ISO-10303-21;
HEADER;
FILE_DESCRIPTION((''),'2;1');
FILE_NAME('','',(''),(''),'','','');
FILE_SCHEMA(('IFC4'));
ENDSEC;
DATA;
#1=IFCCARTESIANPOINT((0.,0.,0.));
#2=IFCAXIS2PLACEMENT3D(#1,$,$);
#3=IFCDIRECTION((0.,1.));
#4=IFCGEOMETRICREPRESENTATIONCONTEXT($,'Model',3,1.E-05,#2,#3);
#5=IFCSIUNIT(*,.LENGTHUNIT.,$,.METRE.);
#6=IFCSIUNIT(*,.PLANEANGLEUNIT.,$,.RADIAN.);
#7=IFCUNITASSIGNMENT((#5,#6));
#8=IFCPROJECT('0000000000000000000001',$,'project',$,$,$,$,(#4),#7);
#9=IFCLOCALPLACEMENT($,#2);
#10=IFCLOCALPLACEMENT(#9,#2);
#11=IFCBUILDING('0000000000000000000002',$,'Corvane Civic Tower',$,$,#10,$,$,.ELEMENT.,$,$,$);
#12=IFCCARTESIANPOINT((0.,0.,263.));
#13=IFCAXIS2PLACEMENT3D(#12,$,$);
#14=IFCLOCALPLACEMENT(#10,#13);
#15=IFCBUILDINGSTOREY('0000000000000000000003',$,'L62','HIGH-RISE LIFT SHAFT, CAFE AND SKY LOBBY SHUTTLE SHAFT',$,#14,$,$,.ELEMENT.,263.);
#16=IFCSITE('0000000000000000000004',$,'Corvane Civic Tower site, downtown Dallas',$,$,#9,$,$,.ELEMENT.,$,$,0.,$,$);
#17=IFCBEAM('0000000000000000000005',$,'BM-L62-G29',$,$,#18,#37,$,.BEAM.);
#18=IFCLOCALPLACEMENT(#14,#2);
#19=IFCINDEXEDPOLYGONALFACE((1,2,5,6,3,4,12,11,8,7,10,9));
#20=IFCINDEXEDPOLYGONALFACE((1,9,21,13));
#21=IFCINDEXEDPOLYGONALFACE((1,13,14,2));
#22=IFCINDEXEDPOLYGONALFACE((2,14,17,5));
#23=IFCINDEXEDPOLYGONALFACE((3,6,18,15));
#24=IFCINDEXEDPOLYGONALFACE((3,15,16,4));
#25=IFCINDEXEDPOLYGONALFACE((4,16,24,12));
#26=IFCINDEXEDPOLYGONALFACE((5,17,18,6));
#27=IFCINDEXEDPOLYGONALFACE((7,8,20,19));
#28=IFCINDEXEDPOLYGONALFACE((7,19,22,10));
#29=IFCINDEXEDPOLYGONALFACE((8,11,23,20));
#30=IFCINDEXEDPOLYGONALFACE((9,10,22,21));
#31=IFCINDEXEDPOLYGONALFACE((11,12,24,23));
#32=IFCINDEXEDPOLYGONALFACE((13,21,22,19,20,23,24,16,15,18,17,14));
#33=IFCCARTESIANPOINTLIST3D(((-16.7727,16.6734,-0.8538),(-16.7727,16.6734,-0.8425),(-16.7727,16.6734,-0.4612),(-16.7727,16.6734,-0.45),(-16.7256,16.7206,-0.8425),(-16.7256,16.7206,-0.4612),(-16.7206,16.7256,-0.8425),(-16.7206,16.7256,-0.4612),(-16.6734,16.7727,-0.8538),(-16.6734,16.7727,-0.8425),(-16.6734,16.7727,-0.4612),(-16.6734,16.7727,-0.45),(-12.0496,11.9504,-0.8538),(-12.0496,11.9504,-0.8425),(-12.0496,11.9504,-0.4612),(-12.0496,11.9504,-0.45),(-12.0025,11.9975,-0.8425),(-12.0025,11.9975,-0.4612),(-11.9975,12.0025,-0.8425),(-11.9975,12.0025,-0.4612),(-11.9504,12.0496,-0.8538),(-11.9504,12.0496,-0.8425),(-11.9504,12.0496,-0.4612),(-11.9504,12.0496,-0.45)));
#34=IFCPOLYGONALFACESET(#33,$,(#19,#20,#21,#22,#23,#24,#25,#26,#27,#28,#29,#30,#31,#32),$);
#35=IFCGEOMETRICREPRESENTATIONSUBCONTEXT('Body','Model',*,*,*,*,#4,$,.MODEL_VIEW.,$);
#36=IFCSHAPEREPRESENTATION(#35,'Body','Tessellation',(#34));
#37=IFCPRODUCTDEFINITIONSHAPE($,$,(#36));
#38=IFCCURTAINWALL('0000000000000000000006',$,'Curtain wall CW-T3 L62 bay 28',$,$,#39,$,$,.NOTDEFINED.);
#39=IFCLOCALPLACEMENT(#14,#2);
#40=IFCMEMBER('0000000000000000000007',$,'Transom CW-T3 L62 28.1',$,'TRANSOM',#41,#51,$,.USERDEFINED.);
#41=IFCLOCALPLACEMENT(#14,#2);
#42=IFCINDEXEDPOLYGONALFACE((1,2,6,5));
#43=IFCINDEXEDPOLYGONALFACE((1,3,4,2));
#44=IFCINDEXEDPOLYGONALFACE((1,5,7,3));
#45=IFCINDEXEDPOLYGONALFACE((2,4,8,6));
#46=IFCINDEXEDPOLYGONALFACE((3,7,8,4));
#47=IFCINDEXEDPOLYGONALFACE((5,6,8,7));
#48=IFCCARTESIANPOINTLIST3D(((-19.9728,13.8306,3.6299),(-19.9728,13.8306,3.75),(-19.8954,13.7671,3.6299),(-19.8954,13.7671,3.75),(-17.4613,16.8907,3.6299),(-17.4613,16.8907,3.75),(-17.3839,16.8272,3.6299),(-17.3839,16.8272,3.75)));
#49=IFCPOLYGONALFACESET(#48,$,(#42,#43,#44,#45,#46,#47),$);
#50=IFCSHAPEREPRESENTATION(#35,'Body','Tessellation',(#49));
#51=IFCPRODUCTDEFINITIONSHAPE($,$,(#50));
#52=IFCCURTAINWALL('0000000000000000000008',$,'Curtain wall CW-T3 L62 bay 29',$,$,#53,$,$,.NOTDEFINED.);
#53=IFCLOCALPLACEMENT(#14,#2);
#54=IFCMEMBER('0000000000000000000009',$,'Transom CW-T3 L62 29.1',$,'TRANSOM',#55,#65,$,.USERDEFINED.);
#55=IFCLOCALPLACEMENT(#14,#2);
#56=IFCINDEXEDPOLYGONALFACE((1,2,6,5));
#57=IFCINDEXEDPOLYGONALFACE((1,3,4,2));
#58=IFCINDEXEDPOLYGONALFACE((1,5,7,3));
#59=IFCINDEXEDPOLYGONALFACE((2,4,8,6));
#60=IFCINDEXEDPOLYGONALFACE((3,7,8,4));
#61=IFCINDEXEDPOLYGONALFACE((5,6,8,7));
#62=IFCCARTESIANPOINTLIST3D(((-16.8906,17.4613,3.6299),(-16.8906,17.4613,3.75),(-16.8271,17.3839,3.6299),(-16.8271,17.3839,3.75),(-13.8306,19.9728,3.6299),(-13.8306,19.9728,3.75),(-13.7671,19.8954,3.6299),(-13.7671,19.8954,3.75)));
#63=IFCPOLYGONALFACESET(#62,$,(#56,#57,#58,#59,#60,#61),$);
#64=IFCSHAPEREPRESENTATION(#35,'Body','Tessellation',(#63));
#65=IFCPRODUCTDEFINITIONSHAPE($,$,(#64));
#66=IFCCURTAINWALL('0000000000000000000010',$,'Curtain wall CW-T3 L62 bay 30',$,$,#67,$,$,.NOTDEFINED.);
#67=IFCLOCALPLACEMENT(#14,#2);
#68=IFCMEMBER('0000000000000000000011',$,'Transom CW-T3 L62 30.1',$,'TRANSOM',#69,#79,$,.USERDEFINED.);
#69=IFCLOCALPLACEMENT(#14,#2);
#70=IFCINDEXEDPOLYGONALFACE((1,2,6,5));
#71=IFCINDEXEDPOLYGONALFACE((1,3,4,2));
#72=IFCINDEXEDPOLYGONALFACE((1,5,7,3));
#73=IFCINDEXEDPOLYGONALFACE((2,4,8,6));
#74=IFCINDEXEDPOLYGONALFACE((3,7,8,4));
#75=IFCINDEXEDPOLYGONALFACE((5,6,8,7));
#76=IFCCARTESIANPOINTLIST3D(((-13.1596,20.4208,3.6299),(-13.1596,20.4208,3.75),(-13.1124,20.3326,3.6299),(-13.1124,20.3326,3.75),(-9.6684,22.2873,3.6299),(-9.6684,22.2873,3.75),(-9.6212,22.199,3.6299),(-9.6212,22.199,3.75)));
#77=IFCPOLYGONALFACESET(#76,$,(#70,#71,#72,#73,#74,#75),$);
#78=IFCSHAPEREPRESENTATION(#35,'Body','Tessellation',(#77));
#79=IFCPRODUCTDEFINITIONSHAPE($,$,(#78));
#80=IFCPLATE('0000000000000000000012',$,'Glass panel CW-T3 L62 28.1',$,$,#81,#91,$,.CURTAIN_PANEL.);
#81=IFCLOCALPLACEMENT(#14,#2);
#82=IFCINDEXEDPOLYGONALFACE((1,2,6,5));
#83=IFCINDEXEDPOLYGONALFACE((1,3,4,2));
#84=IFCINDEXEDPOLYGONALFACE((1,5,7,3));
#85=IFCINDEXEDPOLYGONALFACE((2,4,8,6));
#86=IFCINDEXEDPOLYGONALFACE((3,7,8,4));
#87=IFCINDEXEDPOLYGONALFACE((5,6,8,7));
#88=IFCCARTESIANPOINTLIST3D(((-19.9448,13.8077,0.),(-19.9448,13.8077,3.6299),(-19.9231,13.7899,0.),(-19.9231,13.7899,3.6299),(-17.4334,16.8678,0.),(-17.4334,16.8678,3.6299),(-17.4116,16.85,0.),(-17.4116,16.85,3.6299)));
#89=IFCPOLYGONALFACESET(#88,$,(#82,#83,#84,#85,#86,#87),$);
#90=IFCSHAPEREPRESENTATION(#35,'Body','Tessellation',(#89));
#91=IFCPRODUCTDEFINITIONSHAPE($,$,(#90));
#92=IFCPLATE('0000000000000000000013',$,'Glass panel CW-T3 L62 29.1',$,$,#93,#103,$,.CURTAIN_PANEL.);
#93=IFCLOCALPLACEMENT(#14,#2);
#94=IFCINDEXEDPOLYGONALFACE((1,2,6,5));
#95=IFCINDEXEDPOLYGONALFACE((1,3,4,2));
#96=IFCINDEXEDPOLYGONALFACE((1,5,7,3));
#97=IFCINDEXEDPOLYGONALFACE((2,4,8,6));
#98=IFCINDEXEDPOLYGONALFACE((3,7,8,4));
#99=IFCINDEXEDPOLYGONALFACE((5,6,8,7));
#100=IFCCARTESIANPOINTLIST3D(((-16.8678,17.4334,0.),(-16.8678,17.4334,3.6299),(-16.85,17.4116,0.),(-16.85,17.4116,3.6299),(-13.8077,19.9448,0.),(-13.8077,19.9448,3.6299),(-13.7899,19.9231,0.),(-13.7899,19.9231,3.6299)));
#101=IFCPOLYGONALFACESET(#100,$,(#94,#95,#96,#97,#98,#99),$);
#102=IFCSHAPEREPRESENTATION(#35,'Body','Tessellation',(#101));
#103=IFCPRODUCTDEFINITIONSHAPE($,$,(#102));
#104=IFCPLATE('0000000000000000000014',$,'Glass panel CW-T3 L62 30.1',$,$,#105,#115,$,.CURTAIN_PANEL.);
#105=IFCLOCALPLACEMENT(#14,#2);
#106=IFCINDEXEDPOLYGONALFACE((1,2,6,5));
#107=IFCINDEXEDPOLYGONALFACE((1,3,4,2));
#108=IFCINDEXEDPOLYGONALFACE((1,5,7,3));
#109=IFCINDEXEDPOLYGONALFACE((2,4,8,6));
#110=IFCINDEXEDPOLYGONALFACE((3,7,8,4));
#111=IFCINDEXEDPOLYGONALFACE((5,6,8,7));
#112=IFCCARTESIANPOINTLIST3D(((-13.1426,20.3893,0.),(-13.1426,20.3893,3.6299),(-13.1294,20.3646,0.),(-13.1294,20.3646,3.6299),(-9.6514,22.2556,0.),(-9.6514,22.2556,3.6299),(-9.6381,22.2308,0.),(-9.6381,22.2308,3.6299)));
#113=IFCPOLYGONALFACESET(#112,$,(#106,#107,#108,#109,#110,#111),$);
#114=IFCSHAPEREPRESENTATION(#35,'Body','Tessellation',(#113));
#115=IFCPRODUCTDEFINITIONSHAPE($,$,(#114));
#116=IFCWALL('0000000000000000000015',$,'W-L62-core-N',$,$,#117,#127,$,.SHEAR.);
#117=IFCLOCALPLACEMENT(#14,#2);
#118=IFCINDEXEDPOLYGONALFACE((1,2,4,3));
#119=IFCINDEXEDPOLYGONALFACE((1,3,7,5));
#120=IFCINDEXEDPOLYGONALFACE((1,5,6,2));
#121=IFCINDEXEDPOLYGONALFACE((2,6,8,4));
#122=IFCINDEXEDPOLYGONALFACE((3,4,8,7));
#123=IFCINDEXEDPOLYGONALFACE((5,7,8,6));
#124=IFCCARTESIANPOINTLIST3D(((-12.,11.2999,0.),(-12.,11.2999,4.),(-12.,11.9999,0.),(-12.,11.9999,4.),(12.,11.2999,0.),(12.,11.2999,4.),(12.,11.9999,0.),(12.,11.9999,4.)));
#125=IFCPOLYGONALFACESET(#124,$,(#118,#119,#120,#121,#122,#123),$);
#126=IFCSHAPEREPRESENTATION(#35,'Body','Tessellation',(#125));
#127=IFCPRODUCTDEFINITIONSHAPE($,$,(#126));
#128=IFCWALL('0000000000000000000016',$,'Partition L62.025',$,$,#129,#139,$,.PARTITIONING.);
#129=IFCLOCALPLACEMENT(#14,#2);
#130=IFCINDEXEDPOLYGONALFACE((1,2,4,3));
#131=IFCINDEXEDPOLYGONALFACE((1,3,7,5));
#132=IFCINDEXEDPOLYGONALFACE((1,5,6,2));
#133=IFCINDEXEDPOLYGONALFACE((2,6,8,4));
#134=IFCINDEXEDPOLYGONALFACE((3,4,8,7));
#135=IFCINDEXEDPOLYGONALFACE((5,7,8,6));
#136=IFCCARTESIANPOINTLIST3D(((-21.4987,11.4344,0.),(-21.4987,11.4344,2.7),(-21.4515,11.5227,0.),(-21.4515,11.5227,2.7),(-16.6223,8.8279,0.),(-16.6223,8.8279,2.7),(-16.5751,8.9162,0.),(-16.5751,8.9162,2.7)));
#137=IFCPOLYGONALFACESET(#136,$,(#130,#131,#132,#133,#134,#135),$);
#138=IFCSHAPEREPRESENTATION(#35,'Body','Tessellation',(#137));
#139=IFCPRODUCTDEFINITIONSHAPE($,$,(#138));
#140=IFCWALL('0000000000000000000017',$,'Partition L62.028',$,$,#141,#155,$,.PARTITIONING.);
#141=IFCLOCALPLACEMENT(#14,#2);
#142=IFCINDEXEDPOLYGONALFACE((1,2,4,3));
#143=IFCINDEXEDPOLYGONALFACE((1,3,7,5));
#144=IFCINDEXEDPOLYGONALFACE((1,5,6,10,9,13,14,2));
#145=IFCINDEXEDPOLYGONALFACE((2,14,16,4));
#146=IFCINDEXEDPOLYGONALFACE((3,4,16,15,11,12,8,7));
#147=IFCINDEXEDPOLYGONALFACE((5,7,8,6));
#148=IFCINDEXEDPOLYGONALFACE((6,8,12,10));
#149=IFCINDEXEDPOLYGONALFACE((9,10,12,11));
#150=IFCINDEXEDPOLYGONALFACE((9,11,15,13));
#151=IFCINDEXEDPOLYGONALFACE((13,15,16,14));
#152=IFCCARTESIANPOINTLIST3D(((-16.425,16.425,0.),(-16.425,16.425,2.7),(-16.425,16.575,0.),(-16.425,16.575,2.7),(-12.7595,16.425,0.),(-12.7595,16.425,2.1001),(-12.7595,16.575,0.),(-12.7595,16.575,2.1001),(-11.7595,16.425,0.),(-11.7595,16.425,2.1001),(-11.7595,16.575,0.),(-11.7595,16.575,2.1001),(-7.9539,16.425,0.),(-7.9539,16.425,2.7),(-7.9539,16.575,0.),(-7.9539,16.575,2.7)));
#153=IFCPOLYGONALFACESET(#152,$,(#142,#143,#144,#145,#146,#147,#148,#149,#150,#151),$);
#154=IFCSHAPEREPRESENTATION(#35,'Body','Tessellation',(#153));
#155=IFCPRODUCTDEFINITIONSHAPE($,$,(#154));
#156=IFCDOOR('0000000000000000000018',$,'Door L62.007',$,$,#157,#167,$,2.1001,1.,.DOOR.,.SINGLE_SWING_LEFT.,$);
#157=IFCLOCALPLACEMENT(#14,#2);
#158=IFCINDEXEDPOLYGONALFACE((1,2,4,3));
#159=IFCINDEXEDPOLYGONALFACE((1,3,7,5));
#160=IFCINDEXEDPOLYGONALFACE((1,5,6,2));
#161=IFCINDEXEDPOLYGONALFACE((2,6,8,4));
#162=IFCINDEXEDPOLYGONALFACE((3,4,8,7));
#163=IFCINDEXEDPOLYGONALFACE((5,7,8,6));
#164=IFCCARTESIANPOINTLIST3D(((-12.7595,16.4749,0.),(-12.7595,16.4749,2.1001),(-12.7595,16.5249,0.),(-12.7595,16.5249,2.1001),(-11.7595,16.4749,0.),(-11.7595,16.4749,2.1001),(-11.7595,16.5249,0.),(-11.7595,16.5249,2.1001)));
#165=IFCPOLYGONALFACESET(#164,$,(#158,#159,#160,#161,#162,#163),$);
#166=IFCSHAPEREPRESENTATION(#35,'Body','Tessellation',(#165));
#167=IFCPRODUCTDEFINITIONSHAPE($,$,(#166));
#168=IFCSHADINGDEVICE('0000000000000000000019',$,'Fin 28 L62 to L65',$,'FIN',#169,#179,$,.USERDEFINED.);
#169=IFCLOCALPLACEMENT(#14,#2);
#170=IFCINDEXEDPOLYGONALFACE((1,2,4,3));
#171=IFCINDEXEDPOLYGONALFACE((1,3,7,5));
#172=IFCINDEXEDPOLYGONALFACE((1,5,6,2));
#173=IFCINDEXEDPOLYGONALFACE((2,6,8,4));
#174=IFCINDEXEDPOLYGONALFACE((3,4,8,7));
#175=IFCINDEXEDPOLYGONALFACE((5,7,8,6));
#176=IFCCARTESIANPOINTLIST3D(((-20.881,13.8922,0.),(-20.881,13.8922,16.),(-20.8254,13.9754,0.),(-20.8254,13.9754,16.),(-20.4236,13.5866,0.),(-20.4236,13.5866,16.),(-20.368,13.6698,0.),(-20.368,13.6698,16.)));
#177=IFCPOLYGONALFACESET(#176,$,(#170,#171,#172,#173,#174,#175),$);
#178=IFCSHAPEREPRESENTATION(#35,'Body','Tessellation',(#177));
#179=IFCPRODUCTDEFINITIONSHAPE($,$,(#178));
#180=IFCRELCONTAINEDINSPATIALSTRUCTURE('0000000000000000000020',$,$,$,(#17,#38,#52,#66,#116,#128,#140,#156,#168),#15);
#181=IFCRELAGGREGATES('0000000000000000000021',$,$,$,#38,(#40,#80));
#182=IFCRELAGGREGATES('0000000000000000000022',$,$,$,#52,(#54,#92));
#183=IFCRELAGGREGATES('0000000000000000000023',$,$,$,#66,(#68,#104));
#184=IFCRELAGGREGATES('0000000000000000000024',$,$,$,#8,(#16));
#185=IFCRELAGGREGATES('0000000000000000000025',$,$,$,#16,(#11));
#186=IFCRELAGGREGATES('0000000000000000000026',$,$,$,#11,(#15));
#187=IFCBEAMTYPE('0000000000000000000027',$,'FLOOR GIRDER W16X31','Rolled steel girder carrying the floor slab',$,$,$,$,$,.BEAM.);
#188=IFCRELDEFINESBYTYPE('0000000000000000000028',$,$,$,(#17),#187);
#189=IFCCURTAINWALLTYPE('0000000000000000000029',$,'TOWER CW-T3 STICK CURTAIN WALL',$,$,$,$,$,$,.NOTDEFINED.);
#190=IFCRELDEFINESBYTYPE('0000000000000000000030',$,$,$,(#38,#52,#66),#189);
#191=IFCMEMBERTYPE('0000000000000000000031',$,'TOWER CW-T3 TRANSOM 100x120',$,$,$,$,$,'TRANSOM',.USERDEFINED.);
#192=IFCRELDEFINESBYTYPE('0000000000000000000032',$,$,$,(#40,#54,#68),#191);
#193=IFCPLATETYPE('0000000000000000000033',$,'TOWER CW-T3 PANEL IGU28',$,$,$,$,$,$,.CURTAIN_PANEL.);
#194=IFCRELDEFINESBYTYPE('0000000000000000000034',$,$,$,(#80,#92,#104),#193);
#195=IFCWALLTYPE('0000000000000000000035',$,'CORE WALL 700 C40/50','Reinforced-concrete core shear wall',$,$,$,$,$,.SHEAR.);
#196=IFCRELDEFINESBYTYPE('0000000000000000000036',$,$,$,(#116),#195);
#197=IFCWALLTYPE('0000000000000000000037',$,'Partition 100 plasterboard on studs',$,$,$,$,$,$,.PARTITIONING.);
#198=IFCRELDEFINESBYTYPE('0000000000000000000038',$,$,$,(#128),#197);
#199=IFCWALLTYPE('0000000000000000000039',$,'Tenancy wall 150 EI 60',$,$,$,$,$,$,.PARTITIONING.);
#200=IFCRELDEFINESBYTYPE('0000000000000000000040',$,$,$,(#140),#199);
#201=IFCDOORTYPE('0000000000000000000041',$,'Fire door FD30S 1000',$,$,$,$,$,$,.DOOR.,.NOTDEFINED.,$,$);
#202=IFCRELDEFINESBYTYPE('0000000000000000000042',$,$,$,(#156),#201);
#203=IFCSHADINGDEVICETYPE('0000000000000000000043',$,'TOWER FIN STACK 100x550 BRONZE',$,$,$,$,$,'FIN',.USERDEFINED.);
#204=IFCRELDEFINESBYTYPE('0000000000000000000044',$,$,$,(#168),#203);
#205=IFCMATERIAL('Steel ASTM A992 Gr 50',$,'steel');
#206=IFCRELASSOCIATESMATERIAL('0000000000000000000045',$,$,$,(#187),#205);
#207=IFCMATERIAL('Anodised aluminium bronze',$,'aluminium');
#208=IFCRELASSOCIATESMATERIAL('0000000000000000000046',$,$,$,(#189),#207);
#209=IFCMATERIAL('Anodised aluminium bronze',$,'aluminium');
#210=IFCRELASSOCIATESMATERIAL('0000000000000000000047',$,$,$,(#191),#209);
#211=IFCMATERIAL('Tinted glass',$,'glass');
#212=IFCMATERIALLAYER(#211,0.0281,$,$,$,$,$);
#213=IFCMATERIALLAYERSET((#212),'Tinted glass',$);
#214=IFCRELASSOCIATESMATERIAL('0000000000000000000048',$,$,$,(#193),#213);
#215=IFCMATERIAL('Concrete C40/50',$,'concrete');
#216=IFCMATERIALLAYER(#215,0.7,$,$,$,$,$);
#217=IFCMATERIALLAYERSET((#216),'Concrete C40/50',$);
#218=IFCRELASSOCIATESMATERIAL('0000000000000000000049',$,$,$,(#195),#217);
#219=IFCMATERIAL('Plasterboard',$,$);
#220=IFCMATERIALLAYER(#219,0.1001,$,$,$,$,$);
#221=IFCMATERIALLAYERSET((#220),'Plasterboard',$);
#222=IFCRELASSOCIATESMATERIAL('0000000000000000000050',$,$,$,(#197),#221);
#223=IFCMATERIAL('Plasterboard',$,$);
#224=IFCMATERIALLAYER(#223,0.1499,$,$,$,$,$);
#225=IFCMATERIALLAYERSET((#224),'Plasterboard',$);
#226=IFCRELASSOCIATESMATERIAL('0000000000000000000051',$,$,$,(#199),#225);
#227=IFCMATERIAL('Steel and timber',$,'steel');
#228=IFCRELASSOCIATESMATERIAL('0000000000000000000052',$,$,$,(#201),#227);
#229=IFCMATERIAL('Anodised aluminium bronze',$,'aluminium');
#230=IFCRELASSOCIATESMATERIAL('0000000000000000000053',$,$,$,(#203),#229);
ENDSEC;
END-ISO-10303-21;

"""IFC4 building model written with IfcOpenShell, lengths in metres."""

from ifc_helpers import new_model, si_unit, direction, frame, frame_2d, origin, origin_2d, place, context, subcontext, project, spatial, rectangle, i_section, extrude, material, layer, layer_set, material_profile, profile_set, type_object, element, fill, aggregate, save


model = new_model("IFC4")

# Units and contexts
model_context = context("Model", 3, precision=1e-05, world=origin(), true_north=direction((0.0, 1.0)))
body_context = subcontext(model_context, "Body", "Model", "MODEL_VIEW")
ifc_project = project(units=[si_unit("LENGTHUNIT", "METRE"), si_unit("PLANEANGLEUNIT", "RADIAN")], contexts=[model_context])

# Site, building, storey
site_placement = place(None, origin())
site = spatial("IfcSite", under=ifc_project, at=site_placement, Name="Corvane Civic Tower site, downtown Dallas", CompositionType="ELEMENT", RefElevation=0.0)
building_placement = place(site_placement, origin())
building = spatial("IfcBuilding", under=site, at=building_placement, Name="Corvane Civic Tower", CompositionType="ELEMENT")
storey_placement = place(building_placement, frame((0.0, 0.0, 263.0)))
storey = spatial("IfcBuildingStorey", under=building, at=storey_placement, Name="L62", Description="HIGH-RISE LIFT SHAFT, CAFE AND SKY LOBBY SHUTTLE SHAFT", CompositionType="ELEMENT", Elevation=263.0)

# Beam
ifc_material_1 = material(Name="Steel ASTM A992 Gr 50", Category="steel")
ifc_material_profile_1 = material_profile(ifc_material_1, i_section(OverallWidth=0.1404, OverallDepth=0.4038, WebThickness=0.0071, FlangeThickness=0.0112, at=origin_2d()), Name="W16X31")
ifc_profile_set_1 = profile_set([ifc_material_profile_1], Name="Steel ASTM A992 Gr 50")
beam_type_1 = type_object("IfcBeamType", Name="FLOOR GIRDER W16X31", Description="Rolled steel girder carrying the floor slab", PredefinedType="BEAM", material=ifc_profile_set_1)
beam_1_placement = place(storey_placement, frame((-12.0, 12.0, -0.6519), z_axis=(-0.707107, 0.707107, 0.0), x_axis=(-0.707107, -0.707107, 0.0)))
element("IfcBeam", 1, at=beam_1_placement, inside=storey, type_object=beam_type_1, Name="BM-L62-G29", PredefinedType="BEAM", context=body_context, shape_type="SweptSolid", body=[
    extrude(i_section(OverallWidth=0.1404, OverallDepth=0.4038, WebThickness=0.0071, FlangeThickness=0.0112, at=origin_2d()), origin(), (0.0, 0.0, 1.0), 6.6794),
])

# Curtain walls, members
ifc_material_2 = material(Name="Anodised aluminium bronze", Category="aluminium")
curtain_wall_type = type_object("IfcCurtainWallType", Name="TOWER CW-T3 STICK CURTAIN WALL", PredefinedType="NOTDEFINED", material=ifc_material_2)
curtain_wall_1_placement = place(storey_placement, origin())
curtain_wall_1 = element("IfcCurtainWall", 2, at=curtain_wall_1_placement, inside=storey, type_object=curtain_wall_type, Name="Curtain wall CW-T3 L62 bay 28", PredefinedType="NOTDEFINED")
ifc_material_3 = material(Name="Anodised aluminium bronze", Category="aluminium")
ifc_material_profile_2 = material_profile(ifc_material_3, rectangle(XDim=0.1001, YDim=0.1201, at=origin_2d()), Name="TOWER CW-T3 TRANSOM 100x120")
ifc_profile_set_2 = profile_set([ifc_material_profile_2], Name="Anodised aluminium bronze")
member_type = type_object("IfcMemberType", Name="TOWER CW-T3 TRANSOM 100x120", ElementType="TRANSOM", PredefinedType="USERDEFINED", material=ifc_profile_set_2)
member_1_placement = place(storey_placement, frame((-19.9341, 13.7988, 3.6899), z_axis=(0.634416, 0.772992, 0.0), x_axis=(-0.772992, 0.634416, 0.0)))
member_1 = element("IfcMember", 3, at=member_1_placement, type_object=member_type, Name="Transom CW-T3 L62 28.1", ObjectType="TRANSOM", PredefinedType="USERDEFINED", context=body_context, shape_type="SweptSolid", body=[
    extrude(rectangle(XDim=0.1001, YDim=0.1201, at=origin_2d()), origin(), (0.0, 0.0, 1.0), 3.9587),
])
curtain_wall_2_placement = place(storey_placement, origin())
curtain_wall_2 = element("IfcCurtainWall", 4, at=curtain_wall_2_placement, inside=storey, type_object=curtain_wall_type, Name="Curtain wall CW-T3 L62 bay 29", PredefinedType="NOTDEFINED")
member_2_placement = place(storey_placement, frame((-16.8589, 17.4226, 3.6899), z_axis=(0.772992, 0.634416, 0.0), x_axis=(-0.634416, 0.772992, 0.0)))
member_2 = element("IfcMember", 5, at=member_2_placement, type_object=member_type, Name="Transom CW-T3 L62 29.1", ObjectType="TRANSOM", PredefinedType="USERDEFINED", context=body_context, shape_type="SweptSolid", body=[
    extrude(rectangle(XDim=0.1001, YDim=0.1201, at=origin_2d()), origin(), (0.0, 0.0, 1.0), 3.9587),
])
curtain_wall_3_placement = place(storey_placement, origin())
curtain_wall_3 = element("IfcCurtainWall", 6, at=curtain_wall_3_placement, inside=storey, type_object=curtain_wall_type, Name="Curtain wall CW-T3 L62 bay 30", PredefinedType="NOTDEFINED")
member_3_placement = place(storey_placement, frame((-13.136, 20.3767, 3.6899), z_axis=(0.881883, 0.471468, 0.0), x_axis=(-0.471468, 0.881883, 0.0)))
member_3 = element("IfcMember", 7, at=member_3_placement, type_object=member_type, Name="Transom CW-T3 L62 30.1", ObjectType="TRANSOM", PredefinedType="USERDEFINED", context=body_context, shape_type="SweptSolid", body=[
    extrude(rectangle(XDim=0.1001, YDim=0.1201, at=origin_2d()), origin(), (0.0, 0.0, 1.0), 3.9587),
])

# Plates
ifc_material_4 = material(Name="Tinted glass", Category="glass")
ifc_layer_1 = layer(ifc_material_4, 0.0281)
ifc_layer_set_1 = layer_set([ifc_layer_1], Name="Tinted glass")
plate_type = type_object("IfcPlateType", Name="TOWER CW-T3 PANEL IGU28", PredefinedType="CURTAIN_PANEL", material=ifc_layer_set_1)
plate_1_placement = place(storey_placement, frame((-18.6782, 15.3289, 0.0), z_axis=(0.0, 0.0, 1.0), x_axis=(0.634405, 0.773001, 0.0)))
plate_1 = element("IfcPlate", 8, at=plate_1_placement, type_object=plate_type, Name="Glass panel CW-T3 L62 28.1", PredefinedType="CURTAIN_PANEL", context=body_context, shape_type="SweptSolid", body=[
    extrude(rectangle(XDim=3.9587, YDim=0.0281, at=origin_2d()), origin(), (0.0, 0.0, 1.0), 3.6299),
])
aggregate(curtain_wall_1, [member_1, plate_1])
plate_2_placement = place(storey_placement, frame((-15.3289, 18.6782, 0.0), z_axis=(0.0, 0.0, 1.0), x_axis=(0.773001, 0.634405, 0.0)))
plate_2 = element("IfcPlate", 9, at=plate_2_placement, type_object=plate_type, Name="Glass panel CW-T3 L62 29.1", PredefinedType="CURTAIN_PANEL", context=body_context, shape_type="SweptSolid", body=[
    extrude(rectangle(XDim=3.9587, YDim=0.0281, at=origin_2d()), origin(), (0.0, 0.0, 1.0), 3.6299),
])
aggregate(curtain_wall_2, [member_2, plate_2])
plate_3_placement = place(storey_placement, frame((-11.3904, 21.3101, 0.0), z_axis=(0.0, 0.0, 1.0), x_axis=(0.881908, 0.471421, 0.0)))
plate_3 = element("IfcPlate", 10, at=plate_3_placement, type_object=plate_type, Name="Glass panel CW-T3 L62 30.1", PredefinedType="CURTAIN_PANEL", context=body_context, shape_type="SweptSolid", body=[
    extrude(rectangle(XDim=3.9587, YDim=0.0281, at=origin_2d()), origin(), (0.0, 0.0, 1.0), 3.6299),
])
aggregate(curtain_wall_3, [member_3, plate_3])

# Walls
ifc_material_5 = material(Name="Concrete C40/50", Category="concrete")
ifc_layer_2 = layer(ifc_material_5, 0.7)
ifc_layer_set_2 = layer_set([ifc_layer_2], Name="Concrete C40/50")
wall_type_1 = type_object("IfcWallType", Name="CORE WALL 700 C40/50", Description="Reinforced-concrete core shear wall", PredefinedType="SHEAR", material=ifc_layer_set_2)
wall_1_placement = place(storey_placement, frame((-12.0, 11.6499, 0.0), z_axis=(0.0, 0.0, 1.0), x_axis=(1.0, 0.0, 0.0)))
element("IfcWall", 11, at=wall_1_placement, inside=storey, type_object=wall_type_1, Name="W-L62-core-N", PredefinedType="SHEAR", context=body_context, shape_type="SweptSolid", body=[
    extrude(rectangle(XDim=24.0, YDim=0.7, at=frame_2d((12.0, 0.0))), origin(), (0.0, 0.0, 1.0), 4.0),
])
ifc_material_6 = material(Name="Plasterboard")
ifc_layer_3 = layer(ifc_material_6, 0.1001)
ifc_layer_set_3 = layer_set([ifc_layer_3], Name="Plasterboard")
wall_type_2 = type_object("IfcWallType", Name="Partition 100 plasterboard on studs", PredefinedType="PARTITIONING", material=ifc_layer_set_3)
wall_2_placement = place(storey_placement, frame((-21.4751, 11.4785, 0.0), z_axis=(0.0, 0.0, 1.0), x_axis=(0.881927, -0.471386, 0.0)))
element("IfcWall", 12, at=wall_2_placement, inside=storey, type_object=wall_type_2, Name="Partition L62.025", PredefinedType="PARTITIONING", context=body_context, shape_type="SweptSolid", body=[
    extrude(rectangle(XDim=5.5293, YDim=0.1001, at=frame_2d((2.7646, 0.0))), origin(), (0.0, 0.0, 1.0), 2.7),
])

# Wall, opening, door
ifc_material_7 = material(Name="Plasterboard")
ifc_layer_4 = layer(ifc_material_7, 0.1499)
ifc_layer_set_4 = layer_set([ifc_layer_4], Name="Plasterboard")
wall_type_3 = type_object("IfcWallType", Name="Tenancy wall 150 EI 60", PredefinedType="PARTITIONING", material=ifc_layer_set_4)
wall_3_placement = place(storey_placement, frame((-16.425, 16.5, 0.0), z_axis=(0.0, 0.0, 1.0), x_axis=(1.0, 0.0, 0.0)))
wall_3 = element("IfcWall", 13, at=wall_3_placement, inside=storey, type_object=wall_type_3, Name="Partition L62.028", PredefinedType="PARTITIONING", context=body_context, shape_type="SweptSolid", body=[
    extrude(rectangle(XDim=8.4712, YDim=0.1499, at=frame_2d((4.2356, 0.0))), origin(), (0.0, 0.0, 1.0), 2.7),
])
opening_placement = place(wall_3_placement, frame((3.6655, 0.0, 0.0)))
opening = element("IfcOpeningElement", 14, at=opening_placement, cuts=wall_3, PredefinedType="OPENING", context=body_context, shape_type="SweptSolid", body=[
    extrude(rectangle(XDim=1.0, YDim=2.1001, at=frame_2d((0.5, 1.05))), frame((0.0, 0.085, 0.0), z_axis=(0.0, -1.0, 0.0), x_axis=(1.0, 0.0, 0.0)), (0.0, 0.0, 1.0), 0.1699),
])
ifc_material_8 = material(Name="Steel and timber", Category="steel")
door_type = type_object("IfcDoorType", Name="Fire door FD30S 1000", OperationType="NOTDEFINED", PredefinedType="DOOR", material=ifc_material_8)
door_placement = place(opening_placement, origin())
door = element("IfcDoor", 15, at=door_placement, inside=storey, type_object=door_type, Name="Door L62.007", OperationType="SINGLE_SWING_LEFT", OverallHeight=2.1001, OverallWidth=1.0, PredefinedType="DOOR", context=body_context, shape_type="SweptSolid", body=[
    extrude(rectangle(XDim=1.0, YDim=2.1001, at=frame_2d((0.5, 1.05))), frame((0.0, 0.0249, 0.0), z_axis=(0.0, -1.0, 0.0), x_axis=(1.0, 0.0, 0.0)), (0.0, 0.0, 1.0), 0.05),
])
fill(opening, door)

# Shading device
ifc_material_9 = material(Name="Anodised aluminium bronze", Category="aluminium")
ifc_material_profile_3 = material_profile(ifc_material_9, rectangle(XDim=0.1001, YDim=0.55, at=origin_2d()), Name="TOWER FIN STACK 100x550 BRONZE")
ifc_profile_set_3 = profile_set([ifc_material_profile_3], Name="Anodised aluminium bronze")
shading_device_type = type_object("IfcShadingDeviceType", Name="TOWER FIN STACK 100x550 BRONZE", ElementType="FIN", PredefinedType="USERDEFINED", material=ifc_profile_set_3)
for number, where, z_axis, x_axis, name in (
    (16, (-20.6245, 13.781, 0.0), (0.0, 0.0, 1.0), (0.55557, 0.83147, 0.0), "Fin 28 L62 to L65"),
):
    element("IfcShadingDevice", number, at=place(storey_placement, frame(where, z_axis=z_axis, x_axis=x_axis)), inside=storey, type_object=shading_device_type, Name=name, ObjectType="FIN", PredefinedType="USERDEFINED", context=body_context, shape_type="SweptSolid", body=[
        extrude(rectangle(XDim=0.1001, YDim=0.55, at=origin_2d()), origin(), (0.0, 0.0, 1.0), 16.0),
    ])

save(model, "model.ifc")
